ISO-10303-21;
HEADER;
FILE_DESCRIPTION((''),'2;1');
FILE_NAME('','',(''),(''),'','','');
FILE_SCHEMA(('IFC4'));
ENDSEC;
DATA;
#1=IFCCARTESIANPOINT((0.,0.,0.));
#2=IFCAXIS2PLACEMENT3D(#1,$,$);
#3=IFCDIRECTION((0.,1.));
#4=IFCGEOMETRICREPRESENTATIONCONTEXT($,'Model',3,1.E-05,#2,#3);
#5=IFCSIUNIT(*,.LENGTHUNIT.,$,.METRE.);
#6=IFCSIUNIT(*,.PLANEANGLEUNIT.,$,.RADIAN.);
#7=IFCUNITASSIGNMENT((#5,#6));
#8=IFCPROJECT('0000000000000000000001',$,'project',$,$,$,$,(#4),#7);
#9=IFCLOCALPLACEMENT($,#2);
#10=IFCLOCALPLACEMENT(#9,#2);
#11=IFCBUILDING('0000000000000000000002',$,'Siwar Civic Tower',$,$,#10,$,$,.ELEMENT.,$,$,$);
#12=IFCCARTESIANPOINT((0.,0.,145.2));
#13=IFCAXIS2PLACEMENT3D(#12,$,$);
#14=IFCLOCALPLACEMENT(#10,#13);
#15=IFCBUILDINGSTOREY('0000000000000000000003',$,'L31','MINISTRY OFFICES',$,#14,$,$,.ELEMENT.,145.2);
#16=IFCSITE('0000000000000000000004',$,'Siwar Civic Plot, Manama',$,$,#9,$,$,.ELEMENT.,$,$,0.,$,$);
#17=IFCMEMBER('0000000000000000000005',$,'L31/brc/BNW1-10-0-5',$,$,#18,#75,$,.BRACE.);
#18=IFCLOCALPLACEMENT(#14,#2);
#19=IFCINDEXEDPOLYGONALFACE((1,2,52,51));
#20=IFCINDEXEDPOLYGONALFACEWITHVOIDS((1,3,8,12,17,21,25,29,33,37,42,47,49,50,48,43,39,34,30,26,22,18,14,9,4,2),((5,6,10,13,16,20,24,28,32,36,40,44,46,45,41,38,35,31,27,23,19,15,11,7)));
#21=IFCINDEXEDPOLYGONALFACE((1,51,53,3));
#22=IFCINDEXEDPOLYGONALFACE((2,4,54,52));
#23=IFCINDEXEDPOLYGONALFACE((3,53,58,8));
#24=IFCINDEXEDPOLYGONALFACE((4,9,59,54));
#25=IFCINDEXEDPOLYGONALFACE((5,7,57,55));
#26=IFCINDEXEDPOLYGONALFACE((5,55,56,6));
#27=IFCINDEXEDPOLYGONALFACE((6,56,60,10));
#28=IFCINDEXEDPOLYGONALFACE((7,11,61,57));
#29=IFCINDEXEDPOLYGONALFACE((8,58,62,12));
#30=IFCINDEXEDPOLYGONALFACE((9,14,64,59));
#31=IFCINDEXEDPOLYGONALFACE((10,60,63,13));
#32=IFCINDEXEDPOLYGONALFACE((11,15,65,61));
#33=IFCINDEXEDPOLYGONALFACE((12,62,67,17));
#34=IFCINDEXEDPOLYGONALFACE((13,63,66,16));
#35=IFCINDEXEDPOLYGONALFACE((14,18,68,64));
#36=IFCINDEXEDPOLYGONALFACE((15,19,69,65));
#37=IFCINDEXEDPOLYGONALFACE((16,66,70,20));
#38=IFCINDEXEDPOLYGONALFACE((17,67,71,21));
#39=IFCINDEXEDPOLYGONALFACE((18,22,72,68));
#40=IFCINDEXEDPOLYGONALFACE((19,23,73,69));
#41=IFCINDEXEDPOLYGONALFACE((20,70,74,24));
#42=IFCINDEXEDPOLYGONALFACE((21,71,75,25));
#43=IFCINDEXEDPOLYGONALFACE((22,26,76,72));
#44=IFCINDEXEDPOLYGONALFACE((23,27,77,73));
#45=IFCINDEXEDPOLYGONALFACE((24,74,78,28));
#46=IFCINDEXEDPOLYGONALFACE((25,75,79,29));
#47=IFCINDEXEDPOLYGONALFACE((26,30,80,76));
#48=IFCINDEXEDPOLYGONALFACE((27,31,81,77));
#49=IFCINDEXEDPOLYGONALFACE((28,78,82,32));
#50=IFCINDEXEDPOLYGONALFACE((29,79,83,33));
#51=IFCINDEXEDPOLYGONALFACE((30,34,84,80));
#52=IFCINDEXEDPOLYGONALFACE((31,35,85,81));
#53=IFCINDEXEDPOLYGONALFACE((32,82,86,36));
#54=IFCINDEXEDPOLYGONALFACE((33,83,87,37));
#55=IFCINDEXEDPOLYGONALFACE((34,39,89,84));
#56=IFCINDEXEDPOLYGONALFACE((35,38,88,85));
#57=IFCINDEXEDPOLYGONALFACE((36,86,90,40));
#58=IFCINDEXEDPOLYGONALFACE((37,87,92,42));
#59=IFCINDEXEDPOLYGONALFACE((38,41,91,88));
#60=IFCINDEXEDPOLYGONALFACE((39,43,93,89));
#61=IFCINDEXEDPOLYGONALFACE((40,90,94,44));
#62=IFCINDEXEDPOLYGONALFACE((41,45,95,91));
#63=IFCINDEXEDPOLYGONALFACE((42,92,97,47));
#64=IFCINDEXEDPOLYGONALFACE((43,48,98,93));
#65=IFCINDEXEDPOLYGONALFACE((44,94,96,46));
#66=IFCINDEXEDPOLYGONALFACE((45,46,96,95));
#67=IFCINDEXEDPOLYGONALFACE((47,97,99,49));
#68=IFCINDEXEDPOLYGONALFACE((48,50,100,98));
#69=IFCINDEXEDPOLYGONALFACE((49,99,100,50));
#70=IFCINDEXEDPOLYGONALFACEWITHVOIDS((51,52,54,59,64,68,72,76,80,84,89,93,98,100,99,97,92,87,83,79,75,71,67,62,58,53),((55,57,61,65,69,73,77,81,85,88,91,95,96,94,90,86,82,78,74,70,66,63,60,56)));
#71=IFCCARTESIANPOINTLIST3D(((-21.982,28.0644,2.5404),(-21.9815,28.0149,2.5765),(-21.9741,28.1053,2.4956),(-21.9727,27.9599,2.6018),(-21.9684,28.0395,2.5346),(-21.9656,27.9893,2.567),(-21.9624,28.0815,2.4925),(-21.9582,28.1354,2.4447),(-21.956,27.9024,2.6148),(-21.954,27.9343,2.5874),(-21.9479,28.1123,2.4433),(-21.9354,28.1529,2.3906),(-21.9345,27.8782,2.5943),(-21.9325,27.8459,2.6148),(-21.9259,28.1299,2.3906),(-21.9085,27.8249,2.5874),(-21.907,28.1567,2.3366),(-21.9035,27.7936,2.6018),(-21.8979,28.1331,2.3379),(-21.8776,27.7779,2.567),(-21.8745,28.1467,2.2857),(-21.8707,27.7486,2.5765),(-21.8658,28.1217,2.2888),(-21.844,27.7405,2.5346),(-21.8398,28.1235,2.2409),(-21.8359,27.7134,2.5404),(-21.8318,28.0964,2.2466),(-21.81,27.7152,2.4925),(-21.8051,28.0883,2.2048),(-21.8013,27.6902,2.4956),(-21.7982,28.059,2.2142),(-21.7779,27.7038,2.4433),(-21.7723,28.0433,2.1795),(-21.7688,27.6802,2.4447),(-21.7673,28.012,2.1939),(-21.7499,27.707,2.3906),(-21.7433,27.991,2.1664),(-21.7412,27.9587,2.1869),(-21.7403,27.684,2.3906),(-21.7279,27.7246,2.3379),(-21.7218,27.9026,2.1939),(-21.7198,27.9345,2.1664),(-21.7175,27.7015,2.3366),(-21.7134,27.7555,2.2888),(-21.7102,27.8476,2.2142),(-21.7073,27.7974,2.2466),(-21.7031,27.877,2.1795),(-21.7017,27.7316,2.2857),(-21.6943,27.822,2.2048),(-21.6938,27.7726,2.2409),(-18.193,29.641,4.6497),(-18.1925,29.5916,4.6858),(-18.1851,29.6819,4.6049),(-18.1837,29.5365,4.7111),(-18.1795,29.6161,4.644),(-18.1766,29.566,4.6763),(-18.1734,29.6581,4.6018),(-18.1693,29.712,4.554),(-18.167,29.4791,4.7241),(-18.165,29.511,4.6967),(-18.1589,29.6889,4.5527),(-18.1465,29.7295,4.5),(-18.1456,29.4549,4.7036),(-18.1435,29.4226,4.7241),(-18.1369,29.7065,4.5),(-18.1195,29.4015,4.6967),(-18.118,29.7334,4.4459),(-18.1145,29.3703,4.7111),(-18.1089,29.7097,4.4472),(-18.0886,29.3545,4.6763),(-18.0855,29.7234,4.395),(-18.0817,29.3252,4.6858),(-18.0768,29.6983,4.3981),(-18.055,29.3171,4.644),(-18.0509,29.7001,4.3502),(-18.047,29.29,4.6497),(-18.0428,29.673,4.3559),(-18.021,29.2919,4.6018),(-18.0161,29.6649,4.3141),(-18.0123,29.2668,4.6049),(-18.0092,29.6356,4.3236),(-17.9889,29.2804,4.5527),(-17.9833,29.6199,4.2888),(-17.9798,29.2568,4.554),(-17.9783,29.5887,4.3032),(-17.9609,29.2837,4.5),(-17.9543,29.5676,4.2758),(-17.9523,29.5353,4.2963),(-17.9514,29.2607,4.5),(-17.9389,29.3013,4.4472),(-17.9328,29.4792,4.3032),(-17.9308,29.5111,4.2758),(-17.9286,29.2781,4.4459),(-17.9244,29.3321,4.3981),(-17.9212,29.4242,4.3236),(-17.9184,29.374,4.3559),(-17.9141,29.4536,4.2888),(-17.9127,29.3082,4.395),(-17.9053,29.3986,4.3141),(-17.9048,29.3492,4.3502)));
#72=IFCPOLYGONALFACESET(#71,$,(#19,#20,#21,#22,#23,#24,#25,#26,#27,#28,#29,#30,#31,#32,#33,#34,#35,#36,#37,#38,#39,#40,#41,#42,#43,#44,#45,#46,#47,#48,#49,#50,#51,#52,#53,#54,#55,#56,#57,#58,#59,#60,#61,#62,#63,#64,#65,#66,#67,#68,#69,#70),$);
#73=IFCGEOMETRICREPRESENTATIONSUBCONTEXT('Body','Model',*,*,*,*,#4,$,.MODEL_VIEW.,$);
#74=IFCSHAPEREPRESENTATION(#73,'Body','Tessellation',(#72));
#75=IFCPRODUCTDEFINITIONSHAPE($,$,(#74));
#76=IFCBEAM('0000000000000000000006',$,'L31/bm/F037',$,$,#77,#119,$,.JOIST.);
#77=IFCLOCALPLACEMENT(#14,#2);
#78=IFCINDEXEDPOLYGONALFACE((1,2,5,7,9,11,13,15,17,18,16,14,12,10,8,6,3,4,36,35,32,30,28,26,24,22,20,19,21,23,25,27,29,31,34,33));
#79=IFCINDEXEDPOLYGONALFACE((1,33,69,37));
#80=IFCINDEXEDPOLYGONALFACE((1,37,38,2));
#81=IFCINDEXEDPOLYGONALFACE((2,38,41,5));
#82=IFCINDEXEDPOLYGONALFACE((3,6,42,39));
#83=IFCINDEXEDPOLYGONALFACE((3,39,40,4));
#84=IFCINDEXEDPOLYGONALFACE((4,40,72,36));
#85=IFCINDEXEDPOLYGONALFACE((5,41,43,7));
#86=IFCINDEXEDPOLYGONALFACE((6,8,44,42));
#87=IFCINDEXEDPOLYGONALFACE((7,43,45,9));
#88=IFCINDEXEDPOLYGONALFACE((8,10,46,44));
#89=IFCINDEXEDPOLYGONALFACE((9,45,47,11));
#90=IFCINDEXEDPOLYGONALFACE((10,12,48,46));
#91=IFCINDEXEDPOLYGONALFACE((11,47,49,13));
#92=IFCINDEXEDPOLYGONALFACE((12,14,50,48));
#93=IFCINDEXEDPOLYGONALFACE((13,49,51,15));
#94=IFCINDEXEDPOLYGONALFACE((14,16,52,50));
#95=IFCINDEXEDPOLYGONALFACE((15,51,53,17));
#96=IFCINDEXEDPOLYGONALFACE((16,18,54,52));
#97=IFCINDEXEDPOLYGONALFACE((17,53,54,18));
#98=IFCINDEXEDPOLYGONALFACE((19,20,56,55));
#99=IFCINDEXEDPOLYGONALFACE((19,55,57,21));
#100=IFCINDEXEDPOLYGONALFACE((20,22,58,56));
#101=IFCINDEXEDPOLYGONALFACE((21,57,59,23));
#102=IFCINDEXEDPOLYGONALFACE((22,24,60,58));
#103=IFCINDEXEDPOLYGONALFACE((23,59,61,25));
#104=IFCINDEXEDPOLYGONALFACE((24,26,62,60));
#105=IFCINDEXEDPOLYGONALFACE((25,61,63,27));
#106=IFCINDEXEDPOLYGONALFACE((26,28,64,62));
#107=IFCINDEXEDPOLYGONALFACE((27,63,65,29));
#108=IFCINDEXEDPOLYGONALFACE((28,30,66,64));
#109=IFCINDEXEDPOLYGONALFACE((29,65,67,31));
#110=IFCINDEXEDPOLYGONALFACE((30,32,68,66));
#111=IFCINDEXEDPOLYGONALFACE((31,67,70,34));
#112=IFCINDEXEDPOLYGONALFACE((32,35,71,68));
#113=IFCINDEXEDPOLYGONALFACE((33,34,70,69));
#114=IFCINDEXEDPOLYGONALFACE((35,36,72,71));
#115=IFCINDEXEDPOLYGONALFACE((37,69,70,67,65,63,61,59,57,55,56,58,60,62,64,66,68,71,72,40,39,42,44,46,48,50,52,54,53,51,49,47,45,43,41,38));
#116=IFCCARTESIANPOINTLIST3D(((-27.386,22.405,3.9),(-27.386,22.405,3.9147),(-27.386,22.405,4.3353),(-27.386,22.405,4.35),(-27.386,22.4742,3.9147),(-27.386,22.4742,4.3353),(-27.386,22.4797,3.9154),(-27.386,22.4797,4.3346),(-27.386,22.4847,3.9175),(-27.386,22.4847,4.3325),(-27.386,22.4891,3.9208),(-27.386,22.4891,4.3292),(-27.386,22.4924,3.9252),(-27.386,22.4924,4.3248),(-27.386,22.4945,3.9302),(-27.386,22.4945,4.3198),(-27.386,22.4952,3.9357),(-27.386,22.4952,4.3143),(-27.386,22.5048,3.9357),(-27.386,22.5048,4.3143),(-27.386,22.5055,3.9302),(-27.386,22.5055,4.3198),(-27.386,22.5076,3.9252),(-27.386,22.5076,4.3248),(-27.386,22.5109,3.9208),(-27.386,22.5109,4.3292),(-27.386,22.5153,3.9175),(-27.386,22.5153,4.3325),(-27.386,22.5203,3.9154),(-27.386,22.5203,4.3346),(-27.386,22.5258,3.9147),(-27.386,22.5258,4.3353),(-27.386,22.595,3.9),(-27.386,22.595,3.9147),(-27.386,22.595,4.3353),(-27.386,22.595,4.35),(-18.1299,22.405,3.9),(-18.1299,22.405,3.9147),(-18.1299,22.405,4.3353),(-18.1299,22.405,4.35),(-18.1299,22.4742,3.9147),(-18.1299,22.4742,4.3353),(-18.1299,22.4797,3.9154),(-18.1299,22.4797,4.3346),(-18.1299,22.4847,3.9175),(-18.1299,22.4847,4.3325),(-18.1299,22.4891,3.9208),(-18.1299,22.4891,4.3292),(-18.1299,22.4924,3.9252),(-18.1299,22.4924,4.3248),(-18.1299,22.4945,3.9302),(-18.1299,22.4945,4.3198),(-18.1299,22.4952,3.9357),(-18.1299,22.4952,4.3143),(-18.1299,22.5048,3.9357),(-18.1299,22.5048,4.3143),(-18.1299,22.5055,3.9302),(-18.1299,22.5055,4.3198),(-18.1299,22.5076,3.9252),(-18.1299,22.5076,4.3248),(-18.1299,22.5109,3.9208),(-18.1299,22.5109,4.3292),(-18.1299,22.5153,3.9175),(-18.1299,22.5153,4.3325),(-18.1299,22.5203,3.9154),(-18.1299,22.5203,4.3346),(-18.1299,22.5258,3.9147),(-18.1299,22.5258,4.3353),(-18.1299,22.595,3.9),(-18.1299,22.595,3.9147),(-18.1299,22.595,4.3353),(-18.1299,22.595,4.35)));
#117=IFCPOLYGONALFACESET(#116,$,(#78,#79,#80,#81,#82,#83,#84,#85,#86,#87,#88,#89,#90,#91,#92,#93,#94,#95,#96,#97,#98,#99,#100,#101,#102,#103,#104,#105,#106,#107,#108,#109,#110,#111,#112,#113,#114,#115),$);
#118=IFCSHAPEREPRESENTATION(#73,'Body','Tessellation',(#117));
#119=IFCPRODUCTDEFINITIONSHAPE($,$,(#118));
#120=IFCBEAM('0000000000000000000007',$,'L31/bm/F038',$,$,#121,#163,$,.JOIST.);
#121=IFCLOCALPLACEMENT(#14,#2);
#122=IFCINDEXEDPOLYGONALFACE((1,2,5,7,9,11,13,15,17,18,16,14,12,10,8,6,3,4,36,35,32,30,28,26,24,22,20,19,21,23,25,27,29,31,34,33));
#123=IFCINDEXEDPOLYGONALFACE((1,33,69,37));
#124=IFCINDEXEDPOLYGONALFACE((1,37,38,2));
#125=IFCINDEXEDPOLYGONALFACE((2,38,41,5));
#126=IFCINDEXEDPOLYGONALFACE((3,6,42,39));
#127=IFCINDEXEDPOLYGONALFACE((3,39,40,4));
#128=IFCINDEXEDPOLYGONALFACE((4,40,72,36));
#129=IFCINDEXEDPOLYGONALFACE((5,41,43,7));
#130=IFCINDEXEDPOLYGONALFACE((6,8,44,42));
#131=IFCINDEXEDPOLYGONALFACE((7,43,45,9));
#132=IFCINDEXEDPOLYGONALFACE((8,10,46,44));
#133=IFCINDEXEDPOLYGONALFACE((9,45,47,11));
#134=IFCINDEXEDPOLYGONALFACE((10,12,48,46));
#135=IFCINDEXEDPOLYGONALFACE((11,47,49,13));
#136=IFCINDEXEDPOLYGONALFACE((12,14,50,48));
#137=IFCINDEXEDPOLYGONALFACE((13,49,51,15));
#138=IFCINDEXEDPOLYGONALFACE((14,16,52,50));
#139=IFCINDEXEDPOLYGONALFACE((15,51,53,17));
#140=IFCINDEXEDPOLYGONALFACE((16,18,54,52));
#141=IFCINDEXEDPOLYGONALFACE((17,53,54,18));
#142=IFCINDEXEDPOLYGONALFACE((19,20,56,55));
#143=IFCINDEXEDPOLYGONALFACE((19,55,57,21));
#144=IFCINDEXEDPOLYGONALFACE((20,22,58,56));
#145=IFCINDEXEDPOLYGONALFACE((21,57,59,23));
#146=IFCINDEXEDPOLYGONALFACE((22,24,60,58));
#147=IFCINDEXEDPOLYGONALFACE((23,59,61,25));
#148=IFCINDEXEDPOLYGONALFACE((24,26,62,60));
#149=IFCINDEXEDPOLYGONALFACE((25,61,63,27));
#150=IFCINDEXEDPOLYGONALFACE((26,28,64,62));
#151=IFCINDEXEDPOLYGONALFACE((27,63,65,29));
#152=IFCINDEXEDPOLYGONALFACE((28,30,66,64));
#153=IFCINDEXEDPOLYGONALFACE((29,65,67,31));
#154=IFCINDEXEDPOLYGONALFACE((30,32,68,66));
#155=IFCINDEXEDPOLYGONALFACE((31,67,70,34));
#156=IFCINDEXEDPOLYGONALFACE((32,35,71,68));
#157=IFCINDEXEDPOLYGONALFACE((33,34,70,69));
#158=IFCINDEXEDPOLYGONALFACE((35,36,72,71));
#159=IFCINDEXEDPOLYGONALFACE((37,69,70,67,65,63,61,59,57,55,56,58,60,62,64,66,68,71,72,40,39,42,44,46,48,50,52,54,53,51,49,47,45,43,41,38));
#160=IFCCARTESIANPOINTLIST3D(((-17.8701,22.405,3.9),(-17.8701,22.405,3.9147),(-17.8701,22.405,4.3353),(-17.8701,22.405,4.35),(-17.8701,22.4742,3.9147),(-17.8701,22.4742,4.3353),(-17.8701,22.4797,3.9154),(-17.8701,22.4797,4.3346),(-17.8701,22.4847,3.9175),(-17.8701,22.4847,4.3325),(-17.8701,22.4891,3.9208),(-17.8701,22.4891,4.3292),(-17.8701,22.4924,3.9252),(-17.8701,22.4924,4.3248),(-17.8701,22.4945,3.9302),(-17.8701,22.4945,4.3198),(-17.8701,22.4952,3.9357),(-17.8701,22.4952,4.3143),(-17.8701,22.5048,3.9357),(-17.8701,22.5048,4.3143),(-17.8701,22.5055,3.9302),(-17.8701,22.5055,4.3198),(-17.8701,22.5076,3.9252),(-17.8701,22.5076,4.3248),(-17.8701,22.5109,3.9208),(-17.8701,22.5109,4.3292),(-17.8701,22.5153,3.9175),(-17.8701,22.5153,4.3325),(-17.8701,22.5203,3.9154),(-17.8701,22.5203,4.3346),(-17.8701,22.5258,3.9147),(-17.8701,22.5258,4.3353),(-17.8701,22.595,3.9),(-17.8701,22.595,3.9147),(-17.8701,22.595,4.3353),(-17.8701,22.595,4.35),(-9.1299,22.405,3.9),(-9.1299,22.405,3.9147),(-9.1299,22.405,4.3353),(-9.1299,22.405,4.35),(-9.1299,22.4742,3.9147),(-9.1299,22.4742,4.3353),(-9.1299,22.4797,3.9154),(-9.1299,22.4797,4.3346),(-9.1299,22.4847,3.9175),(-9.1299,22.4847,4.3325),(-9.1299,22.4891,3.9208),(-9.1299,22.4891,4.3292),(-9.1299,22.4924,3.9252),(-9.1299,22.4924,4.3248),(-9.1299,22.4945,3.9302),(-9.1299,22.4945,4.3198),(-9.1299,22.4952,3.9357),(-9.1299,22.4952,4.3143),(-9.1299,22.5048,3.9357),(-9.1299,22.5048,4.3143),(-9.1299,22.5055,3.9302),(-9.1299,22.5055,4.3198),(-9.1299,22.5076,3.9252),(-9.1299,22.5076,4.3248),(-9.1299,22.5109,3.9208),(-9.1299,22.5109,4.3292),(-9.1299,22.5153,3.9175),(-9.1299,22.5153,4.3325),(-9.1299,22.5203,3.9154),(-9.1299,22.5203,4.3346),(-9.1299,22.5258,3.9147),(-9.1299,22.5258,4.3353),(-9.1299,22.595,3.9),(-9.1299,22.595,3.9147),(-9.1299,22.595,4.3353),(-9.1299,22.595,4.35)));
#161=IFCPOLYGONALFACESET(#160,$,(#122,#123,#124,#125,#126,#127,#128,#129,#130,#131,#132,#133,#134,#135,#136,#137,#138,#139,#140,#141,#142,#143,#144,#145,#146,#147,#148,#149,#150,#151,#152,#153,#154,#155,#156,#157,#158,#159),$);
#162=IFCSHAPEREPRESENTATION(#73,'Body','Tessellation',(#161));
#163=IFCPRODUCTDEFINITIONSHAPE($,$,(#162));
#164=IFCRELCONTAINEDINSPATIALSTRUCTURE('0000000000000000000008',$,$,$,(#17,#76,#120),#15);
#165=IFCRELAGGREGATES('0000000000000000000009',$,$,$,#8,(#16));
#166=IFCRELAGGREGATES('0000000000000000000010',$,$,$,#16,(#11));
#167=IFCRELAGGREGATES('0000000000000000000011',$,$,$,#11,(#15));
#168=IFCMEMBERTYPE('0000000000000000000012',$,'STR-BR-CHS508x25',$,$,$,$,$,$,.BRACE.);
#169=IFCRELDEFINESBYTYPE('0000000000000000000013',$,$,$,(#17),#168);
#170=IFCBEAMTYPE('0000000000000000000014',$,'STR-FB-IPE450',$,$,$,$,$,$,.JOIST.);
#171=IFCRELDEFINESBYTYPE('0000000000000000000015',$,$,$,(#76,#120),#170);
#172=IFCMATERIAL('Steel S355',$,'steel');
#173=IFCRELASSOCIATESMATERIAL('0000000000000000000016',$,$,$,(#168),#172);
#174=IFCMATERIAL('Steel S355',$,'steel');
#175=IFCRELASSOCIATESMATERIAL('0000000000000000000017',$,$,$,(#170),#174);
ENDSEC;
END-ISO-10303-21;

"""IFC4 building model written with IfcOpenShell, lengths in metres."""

from ifc_helpers import new_model, si_unit, direction, frame, origin, origin_2d, place, context, subcontext, project, spatial, hollow_circle, i_section, extrude, material, material_profile, profile_set, type_object, element, save


model = new_model("IFC4")

# Units and contexts
model_context = context("Model", 3, precision=1e-05, world=origin(), true_north=direction((0.0, 1.0)))
body_context = subcontext(model_context, "Body", "Model", "MODEL_VIEW")
ifc_project = project(units=[si_unit("LENGTHUNIT", "METRE"), si_unit("PLANEANGLEUNIT", "RADIAN")], contexts=[model_context])

# Site, building, storey
site_placement = place(None, origin())
site = spatial("IfcSite", under=ifc_project, at=site_placement, Name="Siwar Civic Plot, Manama", CompositionType="ELEMENT", RefElevation=0.0)
building_placement = place(site_placement, origin())
building = spatial("IfcBuilding", under=site, at=building_placement, Name="Siwar Civic Tower", CompositionType="ELEMENT")
storey_placement = place(building_placement, frame((0.0, 0.0, 145.2)))
storey = spatial("IfcBuildingStorey", under=building, at=storey_placement, Name="L31", Description="MINISTRY OFFICES", CompositionType="ELEMENT", Elevation=145.2)

# Member
ifc_material_1 = material(Name="Steel S355", Category="steel")
ifc_material_profile_1 = material_profile(ifc_material_1, hollow_circle(Radius=0.2539, WallThickness=0.0249, at=origin_2d()), Name="CHS508x25")
ifc_profile_set_1 = profile_set([ifc_material_profile_1], Name="Steel S355")
member_type_1 = type_object("IfcMemberType", Name="STR-BR-CHS508x25", PredefinedType="BRACE", material=ifc_profile_set_1)
member_1_placement = place(storey_placement, frame((-21.8379, 27.9185, 2.3906), z_axis=(0.821146, 0.341686, 0.457133), x_axis=(-0.384176, 0.92326, 0.0)))
element("IfcMember", 1, at=member_1_placement, inside=storey, type_object=member_type_1, Name="L31/brc/BNW1-10-0-5", PredefinedType="BRACE", context=body_context, shape_type="SweptSolid", body=[
    extrude(hollow_circle(Radius=0.2539, WallThickness=0.0249, at=origin_2d()), origin(), (0.0, 0.0, 1.0), 4.6143),
])

# Beams
ifc_material_2 = material(Name="Steel S355", Category="steel")
ifc_material_profile_2 = material_profile(ifc_material_2, i_section(OverallWidth=0.1899, OverallDepth=0.45, WebThickness=0.0095, FlangeThickness=0.0146, FilletRadius=0.021, at=origin_2d()), Name="IPE450")
ifc_profile_set_2 = profile_set([ifc_material_profile_2], Name="Steel S355")
beam_type_1 = type_object("IfcBeamType", Name="STR-FB-IPE450", PredefinedType="JOIST", material=ifc_profile_set_2)
beam_1_placement = place(storey_placement, frame((-27.386, 22.5, 4.125), z_axis=(1.0, 0.0, 0.0), x_axis=(0.0, 1.0, 0.0)))
element("IfcBeam", 2, at=beam_1_placement, inside=storey, type_object=beam_type_1, Name="L31/bm/F037", PredefinedType="JOIST", context=body_context, shape_type="SweptSolid", body=[
    extrude(i_section(OverallWidth=0.1899, OverallDepth=0.45, WebThickness=0.0095, FlangeThickness=0.0146, FilletRadius=0.021, at=origin_2d()), origin(), (0.0, 0.0, 1.0), 9.2561),
])
beam_2_placement = place(storey_placement, frame((-17.8701, 22.5, 4.125), z_axis=(1.0, 0.0, 0.0), x_axis=(0.0, 1.0, 0.0)))
element("IfcBeam", 3, at=beam_2_placement, inside=storey, type_object=beam_type_1, Name="L31/bm/F038", PredefinedType="JOIST", context=body_context, shape_type="SweptSolid", body=[
    extrude(i_section(OverallWidth=0.1899, OverallDepth=0.45, WebThickness=0.0095, FlangeThickness=0.0146, FilletRadius=0.021, at=origin_2d()), origin(), (0.0, 0.0, 1.0), 8.7402),
])

save(model, "model.ifc")
